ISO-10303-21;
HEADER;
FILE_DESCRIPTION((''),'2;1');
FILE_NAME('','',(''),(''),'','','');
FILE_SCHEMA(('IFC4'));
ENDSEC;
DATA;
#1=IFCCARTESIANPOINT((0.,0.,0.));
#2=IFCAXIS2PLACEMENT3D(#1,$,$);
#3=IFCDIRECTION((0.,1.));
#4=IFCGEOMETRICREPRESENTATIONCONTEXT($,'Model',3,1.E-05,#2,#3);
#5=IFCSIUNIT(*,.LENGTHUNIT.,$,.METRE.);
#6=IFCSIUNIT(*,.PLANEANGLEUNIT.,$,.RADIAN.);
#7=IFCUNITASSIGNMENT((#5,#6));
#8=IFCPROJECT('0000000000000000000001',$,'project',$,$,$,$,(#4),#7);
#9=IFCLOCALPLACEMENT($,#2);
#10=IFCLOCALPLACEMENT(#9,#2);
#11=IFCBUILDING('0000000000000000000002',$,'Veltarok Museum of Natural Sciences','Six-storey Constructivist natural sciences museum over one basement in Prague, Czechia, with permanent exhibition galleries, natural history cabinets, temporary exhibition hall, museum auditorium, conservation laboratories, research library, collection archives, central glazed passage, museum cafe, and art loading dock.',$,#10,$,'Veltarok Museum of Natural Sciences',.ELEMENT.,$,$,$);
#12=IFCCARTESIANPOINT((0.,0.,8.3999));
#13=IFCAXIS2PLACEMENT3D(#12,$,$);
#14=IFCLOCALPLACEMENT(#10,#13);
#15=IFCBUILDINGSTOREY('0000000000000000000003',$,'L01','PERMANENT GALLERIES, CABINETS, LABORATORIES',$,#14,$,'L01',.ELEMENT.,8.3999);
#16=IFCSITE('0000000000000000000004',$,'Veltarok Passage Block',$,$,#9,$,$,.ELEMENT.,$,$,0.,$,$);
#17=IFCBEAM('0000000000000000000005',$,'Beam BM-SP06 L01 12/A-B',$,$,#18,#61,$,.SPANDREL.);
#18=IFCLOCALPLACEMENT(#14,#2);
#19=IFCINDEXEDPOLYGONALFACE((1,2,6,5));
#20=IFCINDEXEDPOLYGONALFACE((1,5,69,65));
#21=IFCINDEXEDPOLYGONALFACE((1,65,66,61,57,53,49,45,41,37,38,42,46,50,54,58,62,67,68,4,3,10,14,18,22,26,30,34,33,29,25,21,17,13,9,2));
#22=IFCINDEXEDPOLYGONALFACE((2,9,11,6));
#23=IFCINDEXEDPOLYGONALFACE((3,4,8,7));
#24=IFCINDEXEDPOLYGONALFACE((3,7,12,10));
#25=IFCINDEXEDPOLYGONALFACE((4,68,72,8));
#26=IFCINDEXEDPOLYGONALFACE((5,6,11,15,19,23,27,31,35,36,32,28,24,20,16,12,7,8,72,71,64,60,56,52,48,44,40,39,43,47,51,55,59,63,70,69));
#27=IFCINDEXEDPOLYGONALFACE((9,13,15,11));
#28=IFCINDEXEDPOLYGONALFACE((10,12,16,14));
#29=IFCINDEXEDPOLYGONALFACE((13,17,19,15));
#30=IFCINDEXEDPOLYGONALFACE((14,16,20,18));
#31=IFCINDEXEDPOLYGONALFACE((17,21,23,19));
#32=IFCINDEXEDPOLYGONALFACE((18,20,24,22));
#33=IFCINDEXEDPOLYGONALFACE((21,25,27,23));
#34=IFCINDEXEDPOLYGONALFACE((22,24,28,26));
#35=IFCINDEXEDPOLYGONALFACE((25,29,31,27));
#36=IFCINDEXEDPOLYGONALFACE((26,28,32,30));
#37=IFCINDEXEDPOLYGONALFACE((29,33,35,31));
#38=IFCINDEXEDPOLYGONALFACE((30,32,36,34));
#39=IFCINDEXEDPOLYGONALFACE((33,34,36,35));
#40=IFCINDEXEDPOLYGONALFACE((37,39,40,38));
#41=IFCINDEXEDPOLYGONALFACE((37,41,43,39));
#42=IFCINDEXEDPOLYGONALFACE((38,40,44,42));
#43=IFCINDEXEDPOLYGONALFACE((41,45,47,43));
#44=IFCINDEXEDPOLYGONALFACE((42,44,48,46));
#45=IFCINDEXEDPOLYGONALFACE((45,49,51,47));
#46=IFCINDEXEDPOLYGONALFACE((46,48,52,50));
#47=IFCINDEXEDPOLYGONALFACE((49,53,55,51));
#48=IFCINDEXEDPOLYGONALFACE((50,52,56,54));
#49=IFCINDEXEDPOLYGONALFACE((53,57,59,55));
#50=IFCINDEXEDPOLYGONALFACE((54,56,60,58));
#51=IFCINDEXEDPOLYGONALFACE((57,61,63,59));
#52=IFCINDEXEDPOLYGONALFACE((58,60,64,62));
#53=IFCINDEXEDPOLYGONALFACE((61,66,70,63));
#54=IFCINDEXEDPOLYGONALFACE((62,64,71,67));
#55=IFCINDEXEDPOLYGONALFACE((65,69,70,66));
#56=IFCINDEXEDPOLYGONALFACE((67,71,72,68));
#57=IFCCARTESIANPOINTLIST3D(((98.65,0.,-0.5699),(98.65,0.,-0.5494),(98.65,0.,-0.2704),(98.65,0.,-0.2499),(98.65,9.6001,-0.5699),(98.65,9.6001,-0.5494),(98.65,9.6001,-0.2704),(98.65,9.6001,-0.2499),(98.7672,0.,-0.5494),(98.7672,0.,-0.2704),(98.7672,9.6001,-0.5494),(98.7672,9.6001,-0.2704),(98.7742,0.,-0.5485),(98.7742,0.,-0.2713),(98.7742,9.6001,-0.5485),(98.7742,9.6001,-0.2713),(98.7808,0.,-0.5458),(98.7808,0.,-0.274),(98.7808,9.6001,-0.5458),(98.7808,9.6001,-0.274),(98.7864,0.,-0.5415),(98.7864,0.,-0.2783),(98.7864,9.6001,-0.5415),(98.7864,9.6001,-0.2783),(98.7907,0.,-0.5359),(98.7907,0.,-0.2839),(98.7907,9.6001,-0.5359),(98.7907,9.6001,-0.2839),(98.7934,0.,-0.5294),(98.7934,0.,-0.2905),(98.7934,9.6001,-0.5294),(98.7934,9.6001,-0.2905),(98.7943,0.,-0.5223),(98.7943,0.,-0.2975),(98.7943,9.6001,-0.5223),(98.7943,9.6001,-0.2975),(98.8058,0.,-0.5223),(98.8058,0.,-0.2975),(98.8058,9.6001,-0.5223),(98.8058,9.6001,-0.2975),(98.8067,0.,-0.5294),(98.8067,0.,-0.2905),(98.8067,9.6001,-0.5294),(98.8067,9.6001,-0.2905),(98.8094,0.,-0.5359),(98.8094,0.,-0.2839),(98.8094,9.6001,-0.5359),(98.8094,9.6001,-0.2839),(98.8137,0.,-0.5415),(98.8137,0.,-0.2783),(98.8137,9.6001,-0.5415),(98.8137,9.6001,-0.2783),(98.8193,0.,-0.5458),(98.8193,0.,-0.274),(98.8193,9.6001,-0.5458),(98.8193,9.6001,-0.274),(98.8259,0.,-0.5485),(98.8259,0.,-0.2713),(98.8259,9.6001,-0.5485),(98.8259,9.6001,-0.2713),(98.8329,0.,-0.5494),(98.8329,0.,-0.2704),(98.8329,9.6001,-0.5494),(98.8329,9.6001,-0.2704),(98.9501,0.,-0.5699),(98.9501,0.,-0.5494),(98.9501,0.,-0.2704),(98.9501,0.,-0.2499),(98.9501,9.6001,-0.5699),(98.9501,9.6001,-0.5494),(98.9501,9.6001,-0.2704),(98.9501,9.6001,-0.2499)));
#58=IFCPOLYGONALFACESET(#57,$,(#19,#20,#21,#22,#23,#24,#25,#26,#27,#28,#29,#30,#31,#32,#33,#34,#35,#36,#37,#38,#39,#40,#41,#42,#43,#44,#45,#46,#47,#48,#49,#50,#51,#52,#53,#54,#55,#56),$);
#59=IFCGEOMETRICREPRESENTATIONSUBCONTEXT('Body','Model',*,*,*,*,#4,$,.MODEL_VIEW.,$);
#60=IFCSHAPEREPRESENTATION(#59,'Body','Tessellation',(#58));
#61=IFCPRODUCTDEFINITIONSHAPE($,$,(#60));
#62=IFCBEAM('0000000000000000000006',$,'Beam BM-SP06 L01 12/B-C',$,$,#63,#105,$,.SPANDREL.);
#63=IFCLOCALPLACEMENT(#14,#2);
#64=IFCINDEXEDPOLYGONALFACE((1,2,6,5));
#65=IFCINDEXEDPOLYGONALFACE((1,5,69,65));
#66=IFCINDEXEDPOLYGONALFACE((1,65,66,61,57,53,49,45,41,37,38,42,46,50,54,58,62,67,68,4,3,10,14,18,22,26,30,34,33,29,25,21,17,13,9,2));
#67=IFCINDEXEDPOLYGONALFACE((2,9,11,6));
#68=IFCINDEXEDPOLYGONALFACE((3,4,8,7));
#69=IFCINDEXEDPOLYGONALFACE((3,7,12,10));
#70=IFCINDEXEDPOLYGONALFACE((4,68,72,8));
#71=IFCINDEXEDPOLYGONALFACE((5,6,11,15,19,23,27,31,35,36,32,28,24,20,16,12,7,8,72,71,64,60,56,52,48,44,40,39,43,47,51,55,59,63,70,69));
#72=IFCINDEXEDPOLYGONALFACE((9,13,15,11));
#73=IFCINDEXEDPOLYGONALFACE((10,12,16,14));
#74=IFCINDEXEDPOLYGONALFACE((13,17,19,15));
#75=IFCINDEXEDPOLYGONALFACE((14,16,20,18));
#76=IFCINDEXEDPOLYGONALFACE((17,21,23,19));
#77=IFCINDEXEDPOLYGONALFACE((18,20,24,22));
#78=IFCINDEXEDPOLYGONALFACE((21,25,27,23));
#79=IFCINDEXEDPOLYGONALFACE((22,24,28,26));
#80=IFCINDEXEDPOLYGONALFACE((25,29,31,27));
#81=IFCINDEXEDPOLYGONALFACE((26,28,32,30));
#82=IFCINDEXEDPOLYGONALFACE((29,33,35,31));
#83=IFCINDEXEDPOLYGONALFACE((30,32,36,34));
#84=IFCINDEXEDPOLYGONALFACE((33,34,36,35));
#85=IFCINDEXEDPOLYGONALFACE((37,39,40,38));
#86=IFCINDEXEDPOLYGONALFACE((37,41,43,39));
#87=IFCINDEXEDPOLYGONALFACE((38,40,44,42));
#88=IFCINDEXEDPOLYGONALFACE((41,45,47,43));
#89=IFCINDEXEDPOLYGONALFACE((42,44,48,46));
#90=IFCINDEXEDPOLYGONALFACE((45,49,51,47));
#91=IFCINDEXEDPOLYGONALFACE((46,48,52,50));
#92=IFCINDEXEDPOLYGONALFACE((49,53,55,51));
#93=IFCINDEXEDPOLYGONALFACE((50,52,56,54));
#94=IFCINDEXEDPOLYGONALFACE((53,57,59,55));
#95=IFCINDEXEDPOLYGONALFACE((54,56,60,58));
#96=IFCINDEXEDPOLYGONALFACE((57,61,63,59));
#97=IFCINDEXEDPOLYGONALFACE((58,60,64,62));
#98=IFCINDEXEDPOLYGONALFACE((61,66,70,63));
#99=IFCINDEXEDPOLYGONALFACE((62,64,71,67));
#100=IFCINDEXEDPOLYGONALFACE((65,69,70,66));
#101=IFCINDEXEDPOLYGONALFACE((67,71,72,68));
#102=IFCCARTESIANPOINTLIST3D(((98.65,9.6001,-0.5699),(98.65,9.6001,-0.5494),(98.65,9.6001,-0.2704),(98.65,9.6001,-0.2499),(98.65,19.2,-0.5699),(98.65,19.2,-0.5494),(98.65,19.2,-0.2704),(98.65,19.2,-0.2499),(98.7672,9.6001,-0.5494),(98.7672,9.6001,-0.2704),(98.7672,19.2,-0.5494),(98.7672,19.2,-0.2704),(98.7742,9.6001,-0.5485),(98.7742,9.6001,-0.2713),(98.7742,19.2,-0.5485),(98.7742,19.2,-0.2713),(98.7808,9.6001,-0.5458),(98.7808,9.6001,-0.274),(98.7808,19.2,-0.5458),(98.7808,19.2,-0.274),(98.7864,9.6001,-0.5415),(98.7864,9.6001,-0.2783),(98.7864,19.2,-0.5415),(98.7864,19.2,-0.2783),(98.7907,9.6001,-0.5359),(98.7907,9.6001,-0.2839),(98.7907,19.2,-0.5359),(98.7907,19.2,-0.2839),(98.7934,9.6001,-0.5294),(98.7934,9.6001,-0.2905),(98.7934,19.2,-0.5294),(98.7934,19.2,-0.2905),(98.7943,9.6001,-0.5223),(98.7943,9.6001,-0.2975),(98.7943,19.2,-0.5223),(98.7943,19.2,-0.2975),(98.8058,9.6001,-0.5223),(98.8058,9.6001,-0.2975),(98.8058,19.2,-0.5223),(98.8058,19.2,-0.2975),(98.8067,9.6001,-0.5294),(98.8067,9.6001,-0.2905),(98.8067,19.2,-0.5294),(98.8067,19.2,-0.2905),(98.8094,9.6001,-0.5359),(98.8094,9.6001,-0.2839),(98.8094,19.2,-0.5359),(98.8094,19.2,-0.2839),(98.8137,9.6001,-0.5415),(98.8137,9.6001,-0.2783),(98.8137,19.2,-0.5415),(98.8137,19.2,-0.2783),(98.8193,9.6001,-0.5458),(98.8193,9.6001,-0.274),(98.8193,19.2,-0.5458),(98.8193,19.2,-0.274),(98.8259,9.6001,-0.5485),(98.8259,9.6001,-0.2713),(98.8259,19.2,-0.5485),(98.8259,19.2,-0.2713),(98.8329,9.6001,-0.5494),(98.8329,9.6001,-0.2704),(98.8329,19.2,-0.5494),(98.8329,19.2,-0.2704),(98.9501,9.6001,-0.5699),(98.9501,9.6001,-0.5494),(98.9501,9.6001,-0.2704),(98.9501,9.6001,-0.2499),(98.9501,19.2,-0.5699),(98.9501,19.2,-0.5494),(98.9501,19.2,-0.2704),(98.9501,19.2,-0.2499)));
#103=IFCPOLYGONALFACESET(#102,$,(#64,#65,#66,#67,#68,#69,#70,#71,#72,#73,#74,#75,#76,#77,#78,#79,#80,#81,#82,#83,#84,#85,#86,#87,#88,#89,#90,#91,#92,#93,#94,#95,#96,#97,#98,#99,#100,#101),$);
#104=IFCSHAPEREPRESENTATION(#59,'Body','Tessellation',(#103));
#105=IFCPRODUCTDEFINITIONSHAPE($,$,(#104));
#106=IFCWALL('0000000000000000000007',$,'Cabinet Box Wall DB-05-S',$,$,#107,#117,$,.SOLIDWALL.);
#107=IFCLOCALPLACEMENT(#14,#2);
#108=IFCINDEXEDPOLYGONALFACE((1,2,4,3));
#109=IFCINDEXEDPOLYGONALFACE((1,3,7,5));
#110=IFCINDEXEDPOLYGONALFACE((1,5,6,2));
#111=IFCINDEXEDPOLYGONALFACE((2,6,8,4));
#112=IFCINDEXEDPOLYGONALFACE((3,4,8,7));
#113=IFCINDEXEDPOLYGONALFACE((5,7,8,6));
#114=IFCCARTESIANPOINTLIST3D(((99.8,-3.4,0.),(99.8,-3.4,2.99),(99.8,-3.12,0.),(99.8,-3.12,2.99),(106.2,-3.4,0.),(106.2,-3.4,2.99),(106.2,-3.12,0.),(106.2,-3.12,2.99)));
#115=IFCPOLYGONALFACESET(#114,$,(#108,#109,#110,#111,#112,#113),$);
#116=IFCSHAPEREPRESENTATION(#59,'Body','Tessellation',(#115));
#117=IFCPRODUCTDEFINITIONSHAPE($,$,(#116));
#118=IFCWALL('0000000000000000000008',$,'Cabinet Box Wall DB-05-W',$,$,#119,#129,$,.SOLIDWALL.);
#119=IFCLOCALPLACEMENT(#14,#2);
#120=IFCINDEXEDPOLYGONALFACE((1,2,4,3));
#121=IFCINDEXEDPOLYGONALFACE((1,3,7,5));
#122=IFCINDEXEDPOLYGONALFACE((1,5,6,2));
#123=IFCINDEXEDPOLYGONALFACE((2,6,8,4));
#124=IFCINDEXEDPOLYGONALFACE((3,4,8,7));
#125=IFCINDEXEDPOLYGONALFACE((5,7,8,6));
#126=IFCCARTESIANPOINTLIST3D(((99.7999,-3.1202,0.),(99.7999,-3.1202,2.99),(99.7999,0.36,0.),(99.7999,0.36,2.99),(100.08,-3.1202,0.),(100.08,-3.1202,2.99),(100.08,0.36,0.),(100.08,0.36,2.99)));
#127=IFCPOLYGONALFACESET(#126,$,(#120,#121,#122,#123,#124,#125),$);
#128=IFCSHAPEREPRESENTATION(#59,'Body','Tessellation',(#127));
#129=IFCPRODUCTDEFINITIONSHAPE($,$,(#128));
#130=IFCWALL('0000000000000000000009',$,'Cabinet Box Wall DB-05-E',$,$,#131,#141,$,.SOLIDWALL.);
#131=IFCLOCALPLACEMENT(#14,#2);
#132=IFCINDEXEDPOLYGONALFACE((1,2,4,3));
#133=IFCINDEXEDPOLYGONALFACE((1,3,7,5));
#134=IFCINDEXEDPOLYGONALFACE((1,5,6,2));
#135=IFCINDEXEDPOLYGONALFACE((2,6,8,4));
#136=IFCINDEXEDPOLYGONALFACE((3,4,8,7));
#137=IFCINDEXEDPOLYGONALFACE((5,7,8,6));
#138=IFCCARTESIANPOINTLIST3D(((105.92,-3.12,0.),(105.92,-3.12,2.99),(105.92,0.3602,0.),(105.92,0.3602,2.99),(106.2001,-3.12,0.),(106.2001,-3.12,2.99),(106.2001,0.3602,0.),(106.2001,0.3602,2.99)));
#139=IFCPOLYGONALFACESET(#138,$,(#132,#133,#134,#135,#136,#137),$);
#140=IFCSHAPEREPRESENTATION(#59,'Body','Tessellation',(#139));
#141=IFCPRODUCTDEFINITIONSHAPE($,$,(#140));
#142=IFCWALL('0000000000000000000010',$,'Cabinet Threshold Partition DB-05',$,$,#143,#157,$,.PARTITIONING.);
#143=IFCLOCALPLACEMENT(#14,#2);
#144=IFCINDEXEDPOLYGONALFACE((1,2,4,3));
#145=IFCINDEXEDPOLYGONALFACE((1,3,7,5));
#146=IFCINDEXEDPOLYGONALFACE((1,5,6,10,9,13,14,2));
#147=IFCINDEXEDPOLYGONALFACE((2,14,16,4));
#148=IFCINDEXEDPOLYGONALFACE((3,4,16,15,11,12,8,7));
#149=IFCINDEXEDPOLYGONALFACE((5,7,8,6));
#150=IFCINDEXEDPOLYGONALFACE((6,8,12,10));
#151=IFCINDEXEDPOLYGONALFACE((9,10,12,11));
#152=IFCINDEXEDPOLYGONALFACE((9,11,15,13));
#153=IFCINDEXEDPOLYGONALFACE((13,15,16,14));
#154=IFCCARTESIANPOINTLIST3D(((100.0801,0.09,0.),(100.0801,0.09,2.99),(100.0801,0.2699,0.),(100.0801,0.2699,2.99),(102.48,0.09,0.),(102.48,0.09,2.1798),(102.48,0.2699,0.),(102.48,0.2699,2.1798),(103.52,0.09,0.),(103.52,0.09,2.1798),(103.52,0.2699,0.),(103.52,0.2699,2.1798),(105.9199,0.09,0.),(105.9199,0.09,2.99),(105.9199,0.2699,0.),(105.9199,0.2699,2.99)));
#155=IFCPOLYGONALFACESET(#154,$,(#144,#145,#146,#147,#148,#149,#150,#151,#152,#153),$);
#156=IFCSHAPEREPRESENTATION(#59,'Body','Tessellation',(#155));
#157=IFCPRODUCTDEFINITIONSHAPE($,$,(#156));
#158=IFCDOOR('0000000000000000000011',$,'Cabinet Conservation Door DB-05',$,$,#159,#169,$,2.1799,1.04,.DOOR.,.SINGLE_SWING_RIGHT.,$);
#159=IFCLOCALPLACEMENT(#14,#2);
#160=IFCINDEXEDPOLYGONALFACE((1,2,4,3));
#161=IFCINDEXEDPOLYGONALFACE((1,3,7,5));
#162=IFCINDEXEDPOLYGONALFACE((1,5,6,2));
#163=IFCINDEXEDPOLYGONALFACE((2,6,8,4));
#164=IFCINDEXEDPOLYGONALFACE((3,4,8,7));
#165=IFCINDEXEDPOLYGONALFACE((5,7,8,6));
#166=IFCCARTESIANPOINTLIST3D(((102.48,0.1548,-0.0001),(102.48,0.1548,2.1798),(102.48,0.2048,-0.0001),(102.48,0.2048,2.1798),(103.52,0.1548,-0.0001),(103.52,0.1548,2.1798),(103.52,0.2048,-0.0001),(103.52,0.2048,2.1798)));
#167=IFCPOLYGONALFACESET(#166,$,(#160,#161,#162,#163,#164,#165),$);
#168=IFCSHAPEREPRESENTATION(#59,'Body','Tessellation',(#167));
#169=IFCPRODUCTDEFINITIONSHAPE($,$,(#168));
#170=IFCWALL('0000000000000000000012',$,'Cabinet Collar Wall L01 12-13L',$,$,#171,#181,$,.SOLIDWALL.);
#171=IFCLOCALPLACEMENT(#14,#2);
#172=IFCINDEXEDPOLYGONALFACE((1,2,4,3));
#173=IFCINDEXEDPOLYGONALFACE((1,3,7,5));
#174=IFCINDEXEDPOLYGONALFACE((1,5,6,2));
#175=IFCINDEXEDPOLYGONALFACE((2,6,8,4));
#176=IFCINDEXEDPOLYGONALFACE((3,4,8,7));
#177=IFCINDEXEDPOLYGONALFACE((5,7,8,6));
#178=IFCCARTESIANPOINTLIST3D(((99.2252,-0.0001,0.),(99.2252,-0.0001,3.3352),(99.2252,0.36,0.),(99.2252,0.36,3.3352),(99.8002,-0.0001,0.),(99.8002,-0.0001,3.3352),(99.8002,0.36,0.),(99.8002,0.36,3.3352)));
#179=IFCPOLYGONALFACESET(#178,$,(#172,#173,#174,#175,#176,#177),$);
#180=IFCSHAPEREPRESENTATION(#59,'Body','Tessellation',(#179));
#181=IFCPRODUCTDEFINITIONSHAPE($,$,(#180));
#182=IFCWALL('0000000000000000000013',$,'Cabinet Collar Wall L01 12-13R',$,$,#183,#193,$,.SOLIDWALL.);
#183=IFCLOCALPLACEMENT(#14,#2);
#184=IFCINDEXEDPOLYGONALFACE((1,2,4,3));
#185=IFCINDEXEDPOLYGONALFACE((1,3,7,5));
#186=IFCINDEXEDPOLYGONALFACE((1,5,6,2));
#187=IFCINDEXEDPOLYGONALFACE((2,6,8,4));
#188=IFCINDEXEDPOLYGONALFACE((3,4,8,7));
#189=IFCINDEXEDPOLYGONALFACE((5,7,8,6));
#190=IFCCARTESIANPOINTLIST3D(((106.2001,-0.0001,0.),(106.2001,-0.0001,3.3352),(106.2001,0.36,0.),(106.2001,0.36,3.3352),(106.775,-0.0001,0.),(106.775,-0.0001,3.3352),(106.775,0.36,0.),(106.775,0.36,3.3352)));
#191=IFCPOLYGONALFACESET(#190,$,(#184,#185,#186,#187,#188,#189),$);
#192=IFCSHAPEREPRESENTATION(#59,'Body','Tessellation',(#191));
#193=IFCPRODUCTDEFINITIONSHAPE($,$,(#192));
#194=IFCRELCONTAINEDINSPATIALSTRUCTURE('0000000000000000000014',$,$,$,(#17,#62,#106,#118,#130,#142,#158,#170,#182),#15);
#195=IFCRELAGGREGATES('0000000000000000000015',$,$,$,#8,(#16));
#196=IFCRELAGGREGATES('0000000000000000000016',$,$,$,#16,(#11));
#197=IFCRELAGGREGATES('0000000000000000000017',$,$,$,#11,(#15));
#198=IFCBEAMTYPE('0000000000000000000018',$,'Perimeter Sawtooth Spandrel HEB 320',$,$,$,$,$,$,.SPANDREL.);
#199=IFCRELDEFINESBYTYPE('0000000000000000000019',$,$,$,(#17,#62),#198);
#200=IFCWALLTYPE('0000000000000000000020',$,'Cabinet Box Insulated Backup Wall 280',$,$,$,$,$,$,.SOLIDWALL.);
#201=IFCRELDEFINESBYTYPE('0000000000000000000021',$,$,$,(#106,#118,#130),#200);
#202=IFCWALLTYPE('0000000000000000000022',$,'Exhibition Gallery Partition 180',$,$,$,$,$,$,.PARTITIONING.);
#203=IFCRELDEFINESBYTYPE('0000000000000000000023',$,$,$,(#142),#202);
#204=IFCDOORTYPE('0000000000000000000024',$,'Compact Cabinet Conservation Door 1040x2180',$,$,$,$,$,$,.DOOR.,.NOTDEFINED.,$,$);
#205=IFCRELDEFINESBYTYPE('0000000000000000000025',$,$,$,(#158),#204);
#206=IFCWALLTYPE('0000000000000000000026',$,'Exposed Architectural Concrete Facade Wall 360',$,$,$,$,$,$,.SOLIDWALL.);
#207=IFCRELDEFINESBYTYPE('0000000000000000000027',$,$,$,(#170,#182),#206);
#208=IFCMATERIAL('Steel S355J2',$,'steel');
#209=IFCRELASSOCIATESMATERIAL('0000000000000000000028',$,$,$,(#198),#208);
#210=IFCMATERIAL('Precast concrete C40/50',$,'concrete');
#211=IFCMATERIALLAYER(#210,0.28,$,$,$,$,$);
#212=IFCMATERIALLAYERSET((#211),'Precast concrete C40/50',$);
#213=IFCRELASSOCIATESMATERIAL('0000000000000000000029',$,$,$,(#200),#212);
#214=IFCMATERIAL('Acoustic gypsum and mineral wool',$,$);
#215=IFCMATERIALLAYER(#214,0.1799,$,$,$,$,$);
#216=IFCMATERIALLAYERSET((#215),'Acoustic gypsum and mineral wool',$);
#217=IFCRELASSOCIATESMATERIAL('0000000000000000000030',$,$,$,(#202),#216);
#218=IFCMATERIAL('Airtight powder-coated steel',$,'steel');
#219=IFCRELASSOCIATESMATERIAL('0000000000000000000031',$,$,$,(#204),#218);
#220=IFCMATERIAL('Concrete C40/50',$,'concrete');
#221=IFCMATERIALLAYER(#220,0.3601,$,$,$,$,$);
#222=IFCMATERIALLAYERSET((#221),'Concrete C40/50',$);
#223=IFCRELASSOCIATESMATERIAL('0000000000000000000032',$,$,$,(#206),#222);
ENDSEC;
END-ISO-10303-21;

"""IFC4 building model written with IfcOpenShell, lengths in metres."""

from ifc_helpers import new_model, si_unit, direction, frame, frame_2d, origin, origin_2d, place, context, subcontext, project, spatial, rectangle, i_section, extrude, material, layer, layer_set, material_profile, profile_set, type_object, element, fill, save


model = new_model("IFC4")

# Units and contexts
model_context = context("Model", 3, precision=1e-05, world=origin(), true_north=direction((0.0, 1.0)))
body_context = subcontext(model_context, "Body", "Model", "MODEL_VIEW")
ifc_project = project(units=[si_unit("LENGTHUNIT", "METRE"), si_unit("PLANEANGLEUNIT", "RADIAN")], contexts=[model_context])

# Site, building, storey
site_placement = place(None, origin())
site = spatial("IfcSite", under=ifc_project, at=site_placement, Name="Veltarok Passage Block", CompositionType="ELEMENT", RefElevation=0.0)
building_placement = place(site_placement, origin())
building = spatial("IfcBuilding", under=site, at=building_placement, Name="Veltarok Museum of Natural Sciences", Description="Six-storey Constructivist natural sciences museum over one basement in Prague, Czechia, with permanent exhibition galleries, natural history cabinets, temporary exhibition hall, museum auditorium, conservation laboratories, research library, collection archives, central glazed passage, museum cafe, and art loading dock.", LongName="Veltarok Museum of Natural Sciences", CompositionType="ELEMENT")
storey_placement = place(building_placement, frame((0.0, 0.0, 8.3999)))
storey = spatial("IfcBuildingStorey", under=building, at=storey_placement, Name="L01", Description="PERMANENT GALLERIES, CABINETS, LABORATORIES", LongName="L01", CompositionType="ELEMENT", Elevation=8.3999)

# Shared definitions
ifc_material_1 = material(Name="Concrete C40/50", Category="concrete")
ifc_material_2 = material(Name="Steel S355J2", Category="steel")

# Beams
ifc_material_3 = material(Name="Precast concrete C40/50", Category="concrete")
ifc_material_profile_1 = material_profile(ifc_material_2, i_section(OverallWidth=0.3, OverallDepth=0.3201, WebThickness=0.0115, FlangeThickness=0.0205, FilletRadius=0.0271, at=origin_2d()), Name="HEB 320")
ifc_profile_set_1 = profile_set([ifc_material_profile_1], Name="Steel S355J2")
beam_type_1 = type_object("IfcBeamType", Name="Perimeter Sawtooth Spandrel HEB 320", PredefinedType="SPANDREL", material=ifc_profile_set_1)
beam_1_placement = place(storey_placement, frame((98.8, 0.0, -0.4099), z_axis=(0.0, 1.0, 0.0), x_axis=(-1.0, 0.0, 0.0)))
element("IfcBeam", 1, at=beam_1_placement, inside=storey, type_object=beam_type_1, Name="Beam BM-SP06 L01 12/A-B", PredefinedType="SPANDREL", context=body_context, shape_type="SweptSolid", body=[
    extrude(i_section(OverallWidth=0.3, OverallDepth=0.3201, WebThickness=0.0115, FlangeThickness=0.0205, FilletRadius=0.0271, at=origin_2d()), origin(), (0.0, 0.0, 1.0), 9.6001),
])
beam_2_placement = place(storey_placement, frame((98.8, 9.6001, -0.4099), z_axis=(0.0, 1.0, 0.0), x_axis=(-1.0, 0.0, 0.0)))
element("IfcBeam", 2, at=beam_2_placement, inside=storey, type_object=beam_type_1, Name="Beam BM-SP06 L01 12/B-C", PredefinedType="SPANDREL", context=body_context, shape_type="SweptSolid", body=[
    extrude(i_section(OverallWidth=0.3, OverallDepth=0.3201, WebThickness=0.0115, FlangeThickness=0.0205, FilletRadius=0.0271, at=origin_2d()), origin(), (0.0, 0.0, 1.0), 9.5999),
])

# Walls
ifc_layer_1 = layer(ifc_material_3, 0.28)
ifc_layer_set_1 = layer_set([ifc_layer_1], Name="Precast concrete C40/50")
wall_type_1 = type_object("IfcWallType", Name="Cabinet Box Insulated Backup Wall 280", PredefinedType="SOLIDWALL", material=ifc_layer_set_1)
wall_1_placement = place(storey_placement, frame((99.8, -3.26, 0.0), z_axis=(0.0, 0.0, 1.0), x_axis=(1.0, 0.0, 0.0)))
element("IfcWall", 3, at=wall_1_placement, inside=storey, type_object=wall_type_1, Name="Cabinet Box Wall DB-05-S", PredefinedType="SOLIDWALL", context=body_context, shape_type="SweptSolid", body=[
    extrude(rectangle(XDim=6.3999, YDim=0.28, at=frame_2d((3.2, 0.0))), origin(), (0.0, 0.0, 1.0), 2.99),
])
for number, where, z_axis, x_axis, name in (
    (4, (99.9399, 0.3601, 0.0), (0.0, 0.0, 1.0), (0.0, -1.0, 0.0), "Cabinet Box Wall DB-05-W"),
    (5, (106.0601, -3.1201, 0.0), (0.0, 0.0, 1.0), (0.0, 1.0, 0.0), "Cabinet Box Wall DB-05-E"),
):
    element("IfcWall", number, at=place(storey_placement, frame(where, z_axis=z_axis, x_axis=x_axis)), inside=storey, type_object=wall_type_1, Name=name, PredefinedType="SOLIDWALL", context=body_context, shape_type="SweptSolid", body=[
        extrude(rectangle(XDim=3.4802, YDim=0.28, at=frame_2d((1.7402, 0.0))), origin(), (0.0, 0.0, 1.0), 2.99),
    ])

# Wall, opening, door
ifc_material_4 = material(Name="Acoustic gypsum and mineral wool")
ifc_layer_2 = layer(ifc_material_4, 0.1799)
ifc_layer_set_2 = layer_set([ifc_layer_2], Name="Acoustic gypsum and mineral wool")
wall_type_2 = type_object("IfcWallType", Name="Exhibition Gallery Partition 180", PredefinedType="PARTITIONING", material=ifc_layer_set_2)
wall_2_placement = place(storey_placement, frame((100.0801, 0.1799, 0.0), z_axis=(0.0, 0.0, 1.0), x_axis=(1.0, 0.0, 0.0)))
wall_2 = element("IfcWall", 6, at=wall_2_placement, inside=storey, type_object=wall_type_2, Name="Cabinet Threshold Partition DB-05", PredefinedType="PARTITIONING", context=body_context, shape_type="SweptSolid", body=[
    extrude(rectangle(XDim=5.8398, YDim=0.1799, at=frame_2d((2.9199, 0.0))), origin(), (0.0, 0.0, 1.0), 2.99),
])
opening_placement = place(wall_2_placement, frame((2.3999, 0.0, 0.0)))
opening = element("IfcOpeningElement", 7, at=opening_placement, cuts=wall_2, PredefinedType="OPENING", context=body_context, shape_type="SweptSolid", body=[
    extrude(rectangle(XDim=1.04, YDim=2.1799, at=frame_2d((0.52, 1.0898))), frame((0.0, 0.1001, 0.0), z_axis=(0.0, -1.0, 0.0), x_axis=(1.0, 0.0, 0.0)), (0.0, 0.0, 1.0), 0.2),
])
ifc_material_5 = material(Name="Airtight powder-coated steel", Category="steel")
door_type = type_object("IfcDoorType", Name="Compact Cabinet Conservation Door 1040x2180", OperationType="NOTDEFINED", PredefinedType="DOOR", material=ifc_material_5)
door_placement = place(opening_placement, origin())
door = element("IfcDoor", 8, at=door_placement, inside=storey, type_object=door_type, Name="Cabinet Conservation Door DB-05", OperationType="SINGLE_SWING_RIGHT", OverallHeight=2.1799, OverallWidth=1.04, PredefinedType="DOOR", context=body_context, shape_type="SweptSolid", body=[
    extrude(rectangle(XDim=1.04, YDim=2.1799, at=frame_2d((0.52, 1.0898))), frame((0.0, 0.0249, 0.0), z_axis=(0.0, -1.0, 0.0), x_axis=(1.0, 0.0, 0.0)), (0.0, 0.0, 1.0), 0.05),
])
fill(opening, door)

# Walls
ifc_layer_3 = layer(ifc_material_1, 0.3601)
ifc_layer_set_3 = layer_set([ifc_layer_3], Name="Concrete C40/50")
wall_type_3 = type_object("IfcWallType", Name="Exposed Architectural Concrete Facade Wall 360", PredefinedType="SOLIDWALL", material=ifc_layer_set_3)
for number, where, z_axis, x_axis, name in (
    (9, (99.2251, 0.1799, 0.0), (0.0, 0.0, 1.0), (1.0, 0.0, 0.0), "Cabinet Collar Wall L01 12-13L"),
    (10, (106.2, 0.1799, 0.0), (0.0, 0.0, 1.0), (1.0, 0.0, 0.0), "Cabinet Collar Wall L01 12-13R"),
):
    element("IfcWall", number, at=place(storey_placement, frame(where, z_axis=z_axis, x_axis=x_axis)), inside=storey, type_object=wall_type_3, Name=name, PredefinedType="SOLIDWALL", context=body_context, shape_type="SweptSolid", body=[
        extrude(rectangle(XDim=0.575, YDim=0.3601, at=frame_2d((0.2876, 0.0))), origin(), (0.0, 0.0, 1.0), 3.3352),
    ])

save(model, "model.ifc")
